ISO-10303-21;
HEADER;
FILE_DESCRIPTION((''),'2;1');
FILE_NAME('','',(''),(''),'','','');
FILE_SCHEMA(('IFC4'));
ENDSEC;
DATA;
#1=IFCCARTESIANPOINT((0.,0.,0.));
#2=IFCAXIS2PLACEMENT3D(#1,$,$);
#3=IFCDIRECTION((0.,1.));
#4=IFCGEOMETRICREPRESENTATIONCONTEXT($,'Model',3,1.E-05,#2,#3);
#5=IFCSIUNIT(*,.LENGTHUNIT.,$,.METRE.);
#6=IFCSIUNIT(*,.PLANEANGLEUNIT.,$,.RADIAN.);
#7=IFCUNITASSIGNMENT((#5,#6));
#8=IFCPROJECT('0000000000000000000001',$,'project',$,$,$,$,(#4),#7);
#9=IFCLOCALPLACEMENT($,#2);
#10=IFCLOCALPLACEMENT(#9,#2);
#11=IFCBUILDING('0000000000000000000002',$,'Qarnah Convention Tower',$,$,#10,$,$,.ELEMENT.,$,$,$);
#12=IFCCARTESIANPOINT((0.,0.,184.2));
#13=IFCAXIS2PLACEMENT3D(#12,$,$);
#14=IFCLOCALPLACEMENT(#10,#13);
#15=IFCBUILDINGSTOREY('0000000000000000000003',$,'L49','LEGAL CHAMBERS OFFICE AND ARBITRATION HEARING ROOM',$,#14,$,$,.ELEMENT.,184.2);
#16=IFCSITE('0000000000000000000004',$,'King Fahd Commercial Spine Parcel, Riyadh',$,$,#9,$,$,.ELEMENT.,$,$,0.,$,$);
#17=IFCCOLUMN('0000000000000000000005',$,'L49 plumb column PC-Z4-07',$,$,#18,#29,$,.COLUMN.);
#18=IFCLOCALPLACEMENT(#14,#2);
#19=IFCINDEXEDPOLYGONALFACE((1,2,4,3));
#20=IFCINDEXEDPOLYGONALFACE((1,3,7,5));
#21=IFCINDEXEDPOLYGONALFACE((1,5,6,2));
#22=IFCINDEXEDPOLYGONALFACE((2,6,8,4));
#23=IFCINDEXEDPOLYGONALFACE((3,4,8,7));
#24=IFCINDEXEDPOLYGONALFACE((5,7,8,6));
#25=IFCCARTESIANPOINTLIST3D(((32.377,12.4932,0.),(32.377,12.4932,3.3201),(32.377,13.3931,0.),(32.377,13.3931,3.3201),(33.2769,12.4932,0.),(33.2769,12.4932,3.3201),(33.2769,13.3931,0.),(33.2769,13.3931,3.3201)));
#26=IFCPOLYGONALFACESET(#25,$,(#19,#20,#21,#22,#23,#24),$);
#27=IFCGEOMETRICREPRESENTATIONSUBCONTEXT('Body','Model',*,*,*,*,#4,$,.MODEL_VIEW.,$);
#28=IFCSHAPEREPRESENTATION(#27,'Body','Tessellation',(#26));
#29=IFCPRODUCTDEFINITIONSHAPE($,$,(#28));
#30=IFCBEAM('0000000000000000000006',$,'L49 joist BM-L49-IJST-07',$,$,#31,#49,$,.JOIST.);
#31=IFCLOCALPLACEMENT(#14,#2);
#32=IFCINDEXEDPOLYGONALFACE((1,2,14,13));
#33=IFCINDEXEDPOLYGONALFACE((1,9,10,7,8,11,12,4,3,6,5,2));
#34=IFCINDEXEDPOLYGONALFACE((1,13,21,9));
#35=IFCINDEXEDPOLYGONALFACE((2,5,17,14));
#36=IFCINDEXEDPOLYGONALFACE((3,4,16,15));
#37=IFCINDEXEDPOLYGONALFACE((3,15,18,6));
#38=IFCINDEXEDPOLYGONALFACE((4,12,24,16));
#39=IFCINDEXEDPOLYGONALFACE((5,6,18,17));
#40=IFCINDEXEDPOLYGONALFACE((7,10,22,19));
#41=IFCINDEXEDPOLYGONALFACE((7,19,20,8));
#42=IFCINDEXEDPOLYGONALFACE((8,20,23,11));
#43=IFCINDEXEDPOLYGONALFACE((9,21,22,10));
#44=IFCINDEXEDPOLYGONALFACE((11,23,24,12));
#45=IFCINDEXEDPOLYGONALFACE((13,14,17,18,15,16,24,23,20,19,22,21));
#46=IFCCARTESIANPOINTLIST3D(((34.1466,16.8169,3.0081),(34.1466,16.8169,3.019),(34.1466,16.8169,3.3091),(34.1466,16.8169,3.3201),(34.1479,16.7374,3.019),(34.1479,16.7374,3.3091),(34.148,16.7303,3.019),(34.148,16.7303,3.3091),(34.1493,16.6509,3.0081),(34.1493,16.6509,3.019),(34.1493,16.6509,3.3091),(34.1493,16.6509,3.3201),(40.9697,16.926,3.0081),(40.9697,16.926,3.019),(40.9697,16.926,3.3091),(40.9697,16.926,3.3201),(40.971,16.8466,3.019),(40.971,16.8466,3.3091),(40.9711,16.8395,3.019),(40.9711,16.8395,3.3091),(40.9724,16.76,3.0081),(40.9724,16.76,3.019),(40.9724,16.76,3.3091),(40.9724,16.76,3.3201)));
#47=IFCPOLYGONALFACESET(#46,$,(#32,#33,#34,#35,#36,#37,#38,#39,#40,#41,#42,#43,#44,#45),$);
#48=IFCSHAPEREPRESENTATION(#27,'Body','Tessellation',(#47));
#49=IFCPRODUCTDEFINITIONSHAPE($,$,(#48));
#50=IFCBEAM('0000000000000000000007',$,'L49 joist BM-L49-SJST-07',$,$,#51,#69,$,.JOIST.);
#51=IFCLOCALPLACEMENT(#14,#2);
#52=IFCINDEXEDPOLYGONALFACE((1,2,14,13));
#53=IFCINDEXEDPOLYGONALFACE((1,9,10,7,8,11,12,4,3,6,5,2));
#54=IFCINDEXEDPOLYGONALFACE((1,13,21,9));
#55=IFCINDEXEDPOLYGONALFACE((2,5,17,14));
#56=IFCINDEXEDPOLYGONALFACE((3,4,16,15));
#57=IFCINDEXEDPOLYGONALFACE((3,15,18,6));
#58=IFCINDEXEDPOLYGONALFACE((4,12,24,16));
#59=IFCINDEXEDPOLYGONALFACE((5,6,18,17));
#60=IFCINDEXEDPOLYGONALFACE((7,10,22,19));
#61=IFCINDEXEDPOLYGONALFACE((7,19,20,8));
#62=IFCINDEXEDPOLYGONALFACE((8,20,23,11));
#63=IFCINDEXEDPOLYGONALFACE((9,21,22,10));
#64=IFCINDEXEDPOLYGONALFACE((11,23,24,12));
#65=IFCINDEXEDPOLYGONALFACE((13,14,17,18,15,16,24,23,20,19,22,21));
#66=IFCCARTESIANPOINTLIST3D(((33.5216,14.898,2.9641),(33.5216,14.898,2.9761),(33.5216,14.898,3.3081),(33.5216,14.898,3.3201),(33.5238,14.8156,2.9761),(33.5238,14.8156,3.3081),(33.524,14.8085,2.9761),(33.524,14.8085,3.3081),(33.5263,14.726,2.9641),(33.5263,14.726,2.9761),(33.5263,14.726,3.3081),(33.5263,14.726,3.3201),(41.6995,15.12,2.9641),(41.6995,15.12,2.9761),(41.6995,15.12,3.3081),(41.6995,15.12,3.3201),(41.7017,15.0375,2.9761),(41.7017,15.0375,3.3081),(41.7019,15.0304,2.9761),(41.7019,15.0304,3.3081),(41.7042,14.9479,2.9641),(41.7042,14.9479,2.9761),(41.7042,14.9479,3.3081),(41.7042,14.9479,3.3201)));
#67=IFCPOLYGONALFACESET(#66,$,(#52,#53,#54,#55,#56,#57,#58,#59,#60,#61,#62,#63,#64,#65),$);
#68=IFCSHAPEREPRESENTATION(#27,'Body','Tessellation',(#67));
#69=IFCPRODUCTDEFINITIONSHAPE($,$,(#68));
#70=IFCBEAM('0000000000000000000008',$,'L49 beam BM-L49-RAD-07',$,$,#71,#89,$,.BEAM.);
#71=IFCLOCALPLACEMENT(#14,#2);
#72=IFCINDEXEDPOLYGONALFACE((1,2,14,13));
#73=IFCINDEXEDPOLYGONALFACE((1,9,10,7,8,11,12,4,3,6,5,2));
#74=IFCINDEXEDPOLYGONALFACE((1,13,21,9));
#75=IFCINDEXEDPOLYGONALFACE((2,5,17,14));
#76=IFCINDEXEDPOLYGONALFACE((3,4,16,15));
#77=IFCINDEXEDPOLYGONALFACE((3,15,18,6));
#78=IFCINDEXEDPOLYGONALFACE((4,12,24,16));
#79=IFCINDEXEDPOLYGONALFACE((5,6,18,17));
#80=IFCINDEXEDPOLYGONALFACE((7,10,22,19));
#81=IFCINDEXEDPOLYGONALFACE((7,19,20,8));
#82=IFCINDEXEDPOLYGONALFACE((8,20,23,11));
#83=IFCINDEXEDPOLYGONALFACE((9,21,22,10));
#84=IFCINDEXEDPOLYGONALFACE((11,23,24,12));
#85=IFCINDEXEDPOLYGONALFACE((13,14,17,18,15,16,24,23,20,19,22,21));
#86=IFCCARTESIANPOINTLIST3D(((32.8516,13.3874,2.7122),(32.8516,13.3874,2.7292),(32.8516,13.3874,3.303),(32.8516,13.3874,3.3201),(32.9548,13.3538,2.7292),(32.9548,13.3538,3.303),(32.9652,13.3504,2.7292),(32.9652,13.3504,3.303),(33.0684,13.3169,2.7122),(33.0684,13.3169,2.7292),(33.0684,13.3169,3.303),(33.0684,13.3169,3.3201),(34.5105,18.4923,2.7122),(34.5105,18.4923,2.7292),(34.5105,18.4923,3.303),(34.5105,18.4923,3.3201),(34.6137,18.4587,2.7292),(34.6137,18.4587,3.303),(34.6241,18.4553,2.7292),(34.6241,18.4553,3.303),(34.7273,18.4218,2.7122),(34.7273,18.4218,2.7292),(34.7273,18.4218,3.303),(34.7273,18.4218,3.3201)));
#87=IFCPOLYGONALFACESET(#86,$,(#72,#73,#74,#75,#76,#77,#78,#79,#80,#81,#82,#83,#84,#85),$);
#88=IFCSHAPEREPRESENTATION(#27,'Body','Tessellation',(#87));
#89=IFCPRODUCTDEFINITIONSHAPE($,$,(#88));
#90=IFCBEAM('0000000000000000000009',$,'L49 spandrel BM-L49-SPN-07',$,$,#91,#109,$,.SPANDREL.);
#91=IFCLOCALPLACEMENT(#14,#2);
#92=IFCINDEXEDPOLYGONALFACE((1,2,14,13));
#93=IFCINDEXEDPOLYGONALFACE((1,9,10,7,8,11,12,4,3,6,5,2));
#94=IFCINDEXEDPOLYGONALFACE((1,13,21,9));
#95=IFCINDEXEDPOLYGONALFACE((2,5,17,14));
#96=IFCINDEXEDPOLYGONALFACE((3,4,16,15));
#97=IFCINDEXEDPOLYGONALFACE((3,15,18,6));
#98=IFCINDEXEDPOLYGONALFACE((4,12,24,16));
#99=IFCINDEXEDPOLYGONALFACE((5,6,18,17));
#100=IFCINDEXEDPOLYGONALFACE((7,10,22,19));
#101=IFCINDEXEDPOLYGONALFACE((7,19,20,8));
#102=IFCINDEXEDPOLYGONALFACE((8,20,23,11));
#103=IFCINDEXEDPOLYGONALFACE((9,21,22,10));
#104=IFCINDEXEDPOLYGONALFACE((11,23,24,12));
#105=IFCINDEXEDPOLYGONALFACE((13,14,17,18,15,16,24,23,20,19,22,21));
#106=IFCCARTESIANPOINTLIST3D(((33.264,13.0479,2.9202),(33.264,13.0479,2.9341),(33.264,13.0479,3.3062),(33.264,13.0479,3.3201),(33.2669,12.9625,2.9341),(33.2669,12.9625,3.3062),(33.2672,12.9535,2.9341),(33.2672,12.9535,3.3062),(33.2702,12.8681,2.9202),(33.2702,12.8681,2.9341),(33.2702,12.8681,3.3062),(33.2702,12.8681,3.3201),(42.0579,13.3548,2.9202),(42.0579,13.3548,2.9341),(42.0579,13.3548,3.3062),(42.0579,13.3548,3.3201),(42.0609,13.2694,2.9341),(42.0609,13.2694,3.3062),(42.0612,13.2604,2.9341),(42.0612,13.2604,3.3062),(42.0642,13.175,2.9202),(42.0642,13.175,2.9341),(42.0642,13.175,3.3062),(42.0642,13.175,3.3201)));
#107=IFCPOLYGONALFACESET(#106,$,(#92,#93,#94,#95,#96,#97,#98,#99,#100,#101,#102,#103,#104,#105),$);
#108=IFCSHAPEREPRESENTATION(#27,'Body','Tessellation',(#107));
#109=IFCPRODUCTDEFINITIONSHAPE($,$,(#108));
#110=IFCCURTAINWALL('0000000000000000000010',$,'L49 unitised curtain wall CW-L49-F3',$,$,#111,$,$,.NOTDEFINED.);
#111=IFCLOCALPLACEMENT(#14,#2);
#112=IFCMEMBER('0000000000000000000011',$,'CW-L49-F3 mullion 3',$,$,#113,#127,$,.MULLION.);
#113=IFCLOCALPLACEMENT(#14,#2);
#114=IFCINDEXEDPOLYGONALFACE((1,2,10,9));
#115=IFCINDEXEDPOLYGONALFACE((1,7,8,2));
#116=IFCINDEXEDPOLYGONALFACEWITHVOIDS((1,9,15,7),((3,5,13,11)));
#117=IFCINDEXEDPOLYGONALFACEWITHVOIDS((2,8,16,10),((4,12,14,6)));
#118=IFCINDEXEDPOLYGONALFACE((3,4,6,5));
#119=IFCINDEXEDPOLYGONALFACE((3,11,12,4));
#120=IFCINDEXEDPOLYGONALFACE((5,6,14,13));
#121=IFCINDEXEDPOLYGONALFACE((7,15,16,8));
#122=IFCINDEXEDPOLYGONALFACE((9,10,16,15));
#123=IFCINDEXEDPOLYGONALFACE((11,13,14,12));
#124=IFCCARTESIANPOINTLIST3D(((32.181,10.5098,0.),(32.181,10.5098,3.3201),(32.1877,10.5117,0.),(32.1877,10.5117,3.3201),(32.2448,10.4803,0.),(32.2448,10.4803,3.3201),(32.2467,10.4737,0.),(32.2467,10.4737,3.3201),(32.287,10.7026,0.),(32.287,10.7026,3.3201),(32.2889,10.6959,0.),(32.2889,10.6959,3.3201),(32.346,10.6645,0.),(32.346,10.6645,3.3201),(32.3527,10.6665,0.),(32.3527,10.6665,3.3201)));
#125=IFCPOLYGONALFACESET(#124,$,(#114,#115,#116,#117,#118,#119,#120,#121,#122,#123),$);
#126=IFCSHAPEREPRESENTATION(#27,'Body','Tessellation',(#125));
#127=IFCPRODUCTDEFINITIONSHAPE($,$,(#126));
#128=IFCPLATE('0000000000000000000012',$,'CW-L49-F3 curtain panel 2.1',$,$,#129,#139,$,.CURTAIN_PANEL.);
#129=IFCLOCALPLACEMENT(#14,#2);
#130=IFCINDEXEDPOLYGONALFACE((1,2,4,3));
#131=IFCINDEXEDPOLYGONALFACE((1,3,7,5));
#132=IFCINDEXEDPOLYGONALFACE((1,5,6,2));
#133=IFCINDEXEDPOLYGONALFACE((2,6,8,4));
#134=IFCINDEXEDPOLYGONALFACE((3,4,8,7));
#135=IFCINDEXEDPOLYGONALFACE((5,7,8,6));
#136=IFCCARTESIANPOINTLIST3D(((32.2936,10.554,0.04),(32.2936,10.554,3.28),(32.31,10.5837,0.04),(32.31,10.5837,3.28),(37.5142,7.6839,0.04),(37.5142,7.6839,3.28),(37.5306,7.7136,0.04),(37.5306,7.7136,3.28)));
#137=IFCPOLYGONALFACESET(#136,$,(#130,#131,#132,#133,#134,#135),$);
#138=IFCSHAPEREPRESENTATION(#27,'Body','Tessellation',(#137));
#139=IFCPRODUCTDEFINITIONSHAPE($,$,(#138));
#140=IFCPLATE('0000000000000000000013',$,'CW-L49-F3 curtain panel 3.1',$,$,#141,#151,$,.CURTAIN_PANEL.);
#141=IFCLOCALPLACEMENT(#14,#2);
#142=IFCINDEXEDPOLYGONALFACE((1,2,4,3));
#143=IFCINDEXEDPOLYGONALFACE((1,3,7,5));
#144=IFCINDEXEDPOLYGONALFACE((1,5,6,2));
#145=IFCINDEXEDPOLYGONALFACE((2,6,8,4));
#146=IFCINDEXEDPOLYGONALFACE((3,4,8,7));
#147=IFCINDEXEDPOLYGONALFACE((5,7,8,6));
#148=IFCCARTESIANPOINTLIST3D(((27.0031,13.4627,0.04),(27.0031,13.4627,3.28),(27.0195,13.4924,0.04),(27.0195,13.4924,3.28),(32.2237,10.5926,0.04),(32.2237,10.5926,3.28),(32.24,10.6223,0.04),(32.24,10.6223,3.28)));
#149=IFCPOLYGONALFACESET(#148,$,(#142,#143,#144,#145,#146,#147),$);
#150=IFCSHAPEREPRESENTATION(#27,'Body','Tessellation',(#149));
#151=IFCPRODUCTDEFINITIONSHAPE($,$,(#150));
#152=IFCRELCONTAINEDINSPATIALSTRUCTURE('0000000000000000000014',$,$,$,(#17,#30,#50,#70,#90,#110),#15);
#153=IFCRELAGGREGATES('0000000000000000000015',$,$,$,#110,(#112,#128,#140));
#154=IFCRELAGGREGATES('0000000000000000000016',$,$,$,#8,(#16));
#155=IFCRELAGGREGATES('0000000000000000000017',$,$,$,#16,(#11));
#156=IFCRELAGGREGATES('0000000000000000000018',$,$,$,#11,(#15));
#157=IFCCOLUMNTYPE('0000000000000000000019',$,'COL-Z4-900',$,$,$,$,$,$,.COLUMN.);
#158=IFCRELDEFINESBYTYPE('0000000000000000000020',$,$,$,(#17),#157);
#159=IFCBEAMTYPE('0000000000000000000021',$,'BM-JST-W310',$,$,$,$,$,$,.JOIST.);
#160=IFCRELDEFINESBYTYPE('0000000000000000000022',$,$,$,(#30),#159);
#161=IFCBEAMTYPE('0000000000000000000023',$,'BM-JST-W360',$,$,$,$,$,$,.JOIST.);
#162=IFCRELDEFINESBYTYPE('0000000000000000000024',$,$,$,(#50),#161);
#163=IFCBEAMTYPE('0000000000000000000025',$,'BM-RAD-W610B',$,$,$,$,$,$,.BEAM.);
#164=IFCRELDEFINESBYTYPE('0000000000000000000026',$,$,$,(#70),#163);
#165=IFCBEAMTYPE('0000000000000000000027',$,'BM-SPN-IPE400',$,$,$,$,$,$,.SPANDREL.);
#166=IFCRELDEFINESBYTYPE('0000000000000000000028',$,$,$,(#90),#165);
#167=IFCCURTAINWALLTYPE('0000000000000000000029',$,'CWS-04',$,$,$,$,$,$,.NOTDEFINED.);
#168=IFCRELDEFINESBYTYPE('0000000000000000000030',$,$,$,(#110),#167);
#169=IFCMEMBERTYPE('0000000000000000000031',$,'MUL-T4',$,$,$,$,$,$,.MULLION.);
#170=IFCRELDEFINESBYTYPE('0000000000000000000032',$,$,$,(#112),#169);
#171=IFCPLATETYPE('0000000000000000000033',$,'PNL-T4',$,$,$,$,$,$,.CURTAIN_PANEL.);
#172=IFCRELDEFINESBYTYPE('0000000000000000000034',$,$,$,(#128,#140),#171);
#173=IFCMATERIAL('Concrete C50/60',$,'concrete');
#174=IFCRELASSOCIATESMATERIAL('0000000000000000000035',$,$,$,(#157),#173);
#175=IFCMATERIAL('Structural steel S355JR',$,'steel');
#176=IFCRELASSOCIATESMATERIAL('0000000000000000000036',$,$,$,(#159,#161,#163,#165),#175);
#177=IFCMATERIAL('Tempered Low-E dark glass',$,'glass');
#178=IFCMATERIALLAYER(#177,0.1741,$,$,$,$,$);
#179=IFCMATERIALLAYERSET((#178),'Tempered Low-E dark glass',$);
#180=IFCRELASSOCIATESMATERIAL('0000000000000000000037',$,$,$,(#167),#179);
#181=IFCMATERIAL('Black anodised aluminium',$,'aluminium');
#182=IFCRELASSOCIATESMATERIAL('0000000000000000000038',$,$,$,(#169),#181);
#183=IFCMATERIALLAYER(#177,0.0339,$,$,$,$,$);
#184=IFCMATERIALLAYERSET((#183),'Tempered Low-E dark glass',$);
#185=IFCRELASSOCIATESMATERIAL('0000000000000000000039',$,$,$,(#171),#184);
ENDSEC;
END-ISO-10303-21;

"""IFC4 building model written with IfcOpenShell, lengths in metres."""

from ifc_helpers import new_model, si_unit, direction, frame, origin, origin_2d, place, context, subcontext, project, spatial, rectangle, hollow_rectangle, i_section, extrude, material, layer, layer_set, material_profile, profile_set, type_object, element, aggregate, save


model = new_model("IFC4")

# Units and contexts
model_context = context("Model", 3, precision=1e-05, world=origin(), true_north=direction((0.0, 1.0)))
body_context = subcontext(model_context, "Body", "Model", "MODEL_VIEW")
ifc_project = project(units=[si_unit("LENGTHUNIT", "METRE"), si_unit("PLANEANGLEUNIT", "RADIAN")], contexts=[model_context])

# Site, building, storey
site_placement = place(None, origin())
site = spatial("IfcSite", under=ifc_project, at=site_placement, Name="King Fahd Commercial Spine Parcel, Riyadh", CompositionType="ELEMENT", RefElevation=0.0)
building_placement = place(site_placement, origin())
building = spatial("IfcBuilding", under=site, at=building_placement, Name="Qarnah Convention Tower", CompositionType="ELEMENT")
storey_placement = place(building_placement, frame((0.0, 0.0, 184.2)))
storey = spatial("IfcBuildingStorey", under=building, at=storey_placement, Name="L49", Description="LEGAL CHAMBERS OFFICE AND ARBITRATION HEARING ROOM", CompositionType="ELEMENT", Elevation=184.2)

# Column
ifc_material_1 = material(Name="Concrete C50/60", Category="concrete")
ifc_material_profile_1 = material_profile(ifc_material_1, rectangle(XDim=0.8999, YDim=0.8999, at=origin_2d()), Name="RC-COL-900X900")
ifc_profile_set_1 = profile_set([ifc_material_profile_1], Name="Concrete C50/60")
column_type = type_object("IfcColumnType", Name="COL-Z4-900", PredefinedType="COLUMN", material=ifc_profile_set_1)
column_placement = place(storey_placement, frame((32.8269, 12.9431, 0.0), z_axis=(0.0, 0.0, 1.0), x_axis=(1.0, 0.0, 0.0)))
element("IfcColumn", 1, at=column_placement, inside=storey, type_object=column_type, Name="L49 plumb column PC-Z4-07", PredefinedType="COLUMN", context=body_context, shape_type="SweptSolid", body=[
    extrude(rectangle(XDim=0.8999, YDim=0.8999, at=origin_2d()), origin(), (0.0, 0.0, 1.0), 3.3201),
])

# Beams
ifc_material_2 = material(Name="Structural steel S355JR", Category="steel")
ifc_material_profile_2 = material_profile(ifc_material_2, i_section(OverallWidth=0.166, OverallDepth=0.312, WebThickness=0.0071, FlangeThickness=0.011, at=origin_2d()), Name="W310X45")
ifc_profile_set_2 = profile_set([ifc_material_profile_2], Name="Structural steel S355JR")
beam_type_1 = type_object("IfcBeamType", Name="BM-JST-W310", PredefinedType="JOIST", material=ifc_profile_set_2)
beam_1_placement = place(storey_placement, frame((34.1479, 16.7339, 3.1641), z_axis=(0.999872, 0.015993, 0.0), x_axis=(-0.015993, 0.999872, 0.0)))
element("IfcBeam", 2, at=beam_1_placement, inside=storey, type_object=beam_type_1, Name="L49 joist BM-L49-IJST-07", PredefinedType="JOIST", context=body_context, shape_type="SweptSolid", body=[
    extrude(i_section(OverallWidth=0.166, OverallDepth=0.312, WebThickness=0.0071, FlangeThickness=0.011, at=origin_2d()), origin(), (0.0, 0.0, 1.0), 6.824),
])
ifc_material_profile_3 = material_profile(ifc_material_2, i_section(OverallWidth=0.1721, OverallDepth=0.356, WebThickness=0.0071, FlangeThickness=0.012, at=origin_2d()), Name="W360X51")
ifc_profile_set_3 = profile_set([ifc_material_profile_3], Name="Structural steel S355JR")
beam_type_2 = type_object("IfcBeamType", Name="BM-JST-W360", PredefinedType="JOIST", material=ifc_profile_set_3)
beam_2_placement = place(storey_placement, frame((33.5239, 14.812, 3.1421), z_axis=(0.999632, 0.027127, 0.0), x_axis=(-0.027127, 0.999632, 0.0)))
element("IfcBeam", 3, at=beam_2_placement, inside=storey, type_object=beam_type_2, Name="L49 joist BM-L49-SJST-07", PredefinedType="JOIST", context=body_context, shape_type="SweptSolid", body=[
    extrude(i_section(OverallWidth=0.1721, OverallDepth=0.356, WebThickness=0.0071, FlangeThickness=0.012, at=origin_2d()), origin(), (0.0, 0.0, 1.0), 8.1809),
])
ifc_material_profile_4 = material_profile(ifc_material_2, i_section(OverallWidth=0.228, OverallDepth=0.6079, WebThickness=0.011, FlangeThickness=0.0171, at=origin_2d()), Name="W610X113")
ifc_profile_set_4 = profile_set([ifc_material_profile_4], Name="Structural steel S355JR")
beam_type_3 = type_object("IfcBeamType", Name="BM-RAD-W610B", PredefinedType="BEAM", material=ifc_profile_set_4)
beam_3_placement = place(storey_placement, frame((34.6189, 18.457, 3.0161), z_axis=(-0.309055, -0.951044, 0.0), x_axis=(0.951044, -0.309055, 0.0)))
element("IfcBeam", 4, at=beam_3_placement, inside=storey, type_object=beam_type_3, Name="L49 beam BM-L49-RAD-07", PredefinedType="BEAM", context=body_context, shape_type="SweptSolid", body=[
    extrude(i_section(OverallWidth=0.228, OverallDepth=0.6079, WebThickness=0.011, FlangeThickness=0.0171, at=origin_2d()), origin(), (0.0, 0.0, 1.0), 5.3677),
])
ifc_material_profile_5 = material_profile(ifc_material_2, i_section(OverallWidth=0.1799, OverallDepth=0.3999, WebThickness=0.009, FlangeThickness=0.0139, at=origin_2d()), Name="IPE400")
ifc_profile_set_5 = profile_set([ifc_material_profile_5], Name="Structural steel S355JR")
beam_type_4 = type_object("IfcBeamType", Name="BM-SPN-IPE400", PredefinedType="SPANDREL", material=ifc_profile_set_5)
beam_4_placement = place(storey_placement, frame((33.2671, 12.958, 3.1201), z_axis=(0.999392, 0.034876, 0.0), x_axis=(-0.034876, 0.999392, 0.0)))
element("IfcBeam", 5, at=beam_4_placement, inside=storey, type_object=beam_type_4, Name="L49 spandrel BM-L49-SPN-07", PredefinedType="SPANDREL", context=body_context, shape_type="SweptSolid", body=[
    extrude(i_section(OverallWidth=0.1799, OverallDepth=0.3999, WebThickness=0.009, FlangeThickness=0.0139, at=origin_2d()), origin(), (0.0, 0.0, 1.0), 8.7993),
])

# Curtain wall, member, plates
ifc_material_3 = material(Name="Tempered Low-E dark glass", Category="glass")
ifc_layer_1 = layer(ifc_material_3, 0.1741)
ifc_layer_set_1 = layer_set([ifc_layer_1], Name="Tempered Low-E dark glass")
curtain_wall_type = type_object("IfcCurtainWallType", Name="CWS-04", PredefinedType="NOTDEFINED", material=ifc_layer_set_1)
curtain_wall_placement = place(storey_placement, origin())
curtain_wall = element("IfcCurtainWall", 6, at=curtain_wall_placement, inside=storey, type_object=curtain_wall_type, Name="L49 unitised curtain wall CW-L49-F3", PredefinedType="NOTDEFINED")
ifc_material_4 = material(Name="Black anodised aluminium", Category="aluminium")
ifc_material_profile_6 = material_profile(ifc_material_4, hollow_rectangle(XDim=0.075, YDim=0.22, WallThickness=0.0049, at=origin_2d()), Name="MUL-75X220")
ifc_profile_set_6 = profile_set([ifc_material_profile_6], Name="Black anodised aluminium")
member_type = type_object("IfcMemberType", Name="MUL-T4", PredefinedType="MULLION", material=ifc_profile_set_6)
member_placement = place(storey_placement, frame((32.2668, 10.5881, 0.0), z_axis=(0.0, 0.0, 1.0), x_axis=(-0.876302, 0.481762, 0.0)))
member = element("IfcMember", 7, at=member_placement, type_object=member_type, Name="CW-L49-F3 mullion 3", PredefinedType="MULLION", context=body_context, shape_type="SweptSolid", body=[
    extrude(hollow_rectangle(XDim=0.075, YDim=0.22, WallThickness=0.0049, at=origin_2d()), origin(), (0.0, 0.0, 1.0), 3.3201),
])
ifc_layer_2 = layer(ifc_material_3, 0.0339)
ifc_layer_set_2 = layer_set([ifc_layer_2], Name="Tempered Low-E dark glass")
plate_type = type_object("IfcPlateType", Name="PNL-T4", PredefinedType="CURTAIN_PANEL", material=ifc_layer_set_2)
plate_1_placement = place(storey_placement, frame((34.9121, 9.1338, 0.04), z_axis=(0.0, 0.0, 1.0), x_axis=(-0.876302, 0.481762, 0.0)))
plate_1 = element("IfcPlate", 8, at=plate_1_placement, type_object=plate_type, Name="CW-L49-F3 curtain panel 2.1", PredefinedType="CURTAIN_PANEL", context=body_context, shape_type="SweptSolid", body=[
    extrude(rectangle(XDim=5.9575, YDim=0.0339, at=origin_2d()), origin(), (0.0, 0.0, 1.0), 3.24),
])
plate_2_placement = place(storey_placement, frame((29.6216, 12.0425, 0.04), z_axis=(0.0, 0.0, 1.0), x_axis=(-0.876302, 0.481762, 0.0)))
plate_2 = element("IfcPlate", 9, at=plate_2_placement, type_object=plate_type, Name="CW-L49-F3 curtain panel 3.1", PredefinedType="CURTAIN_PANEL", context=body_context, shape_type="SweptSolid", body=[
    extrude(rectangle(XDim=5.9575, YDim=0.0339, at=origin_2d()), origin(), (0.0, 0.0, 1.0), 3.24),
])
aggregate(curtain_wall, [member, plate_1, plate_2])

save(model, "model.ifc")
